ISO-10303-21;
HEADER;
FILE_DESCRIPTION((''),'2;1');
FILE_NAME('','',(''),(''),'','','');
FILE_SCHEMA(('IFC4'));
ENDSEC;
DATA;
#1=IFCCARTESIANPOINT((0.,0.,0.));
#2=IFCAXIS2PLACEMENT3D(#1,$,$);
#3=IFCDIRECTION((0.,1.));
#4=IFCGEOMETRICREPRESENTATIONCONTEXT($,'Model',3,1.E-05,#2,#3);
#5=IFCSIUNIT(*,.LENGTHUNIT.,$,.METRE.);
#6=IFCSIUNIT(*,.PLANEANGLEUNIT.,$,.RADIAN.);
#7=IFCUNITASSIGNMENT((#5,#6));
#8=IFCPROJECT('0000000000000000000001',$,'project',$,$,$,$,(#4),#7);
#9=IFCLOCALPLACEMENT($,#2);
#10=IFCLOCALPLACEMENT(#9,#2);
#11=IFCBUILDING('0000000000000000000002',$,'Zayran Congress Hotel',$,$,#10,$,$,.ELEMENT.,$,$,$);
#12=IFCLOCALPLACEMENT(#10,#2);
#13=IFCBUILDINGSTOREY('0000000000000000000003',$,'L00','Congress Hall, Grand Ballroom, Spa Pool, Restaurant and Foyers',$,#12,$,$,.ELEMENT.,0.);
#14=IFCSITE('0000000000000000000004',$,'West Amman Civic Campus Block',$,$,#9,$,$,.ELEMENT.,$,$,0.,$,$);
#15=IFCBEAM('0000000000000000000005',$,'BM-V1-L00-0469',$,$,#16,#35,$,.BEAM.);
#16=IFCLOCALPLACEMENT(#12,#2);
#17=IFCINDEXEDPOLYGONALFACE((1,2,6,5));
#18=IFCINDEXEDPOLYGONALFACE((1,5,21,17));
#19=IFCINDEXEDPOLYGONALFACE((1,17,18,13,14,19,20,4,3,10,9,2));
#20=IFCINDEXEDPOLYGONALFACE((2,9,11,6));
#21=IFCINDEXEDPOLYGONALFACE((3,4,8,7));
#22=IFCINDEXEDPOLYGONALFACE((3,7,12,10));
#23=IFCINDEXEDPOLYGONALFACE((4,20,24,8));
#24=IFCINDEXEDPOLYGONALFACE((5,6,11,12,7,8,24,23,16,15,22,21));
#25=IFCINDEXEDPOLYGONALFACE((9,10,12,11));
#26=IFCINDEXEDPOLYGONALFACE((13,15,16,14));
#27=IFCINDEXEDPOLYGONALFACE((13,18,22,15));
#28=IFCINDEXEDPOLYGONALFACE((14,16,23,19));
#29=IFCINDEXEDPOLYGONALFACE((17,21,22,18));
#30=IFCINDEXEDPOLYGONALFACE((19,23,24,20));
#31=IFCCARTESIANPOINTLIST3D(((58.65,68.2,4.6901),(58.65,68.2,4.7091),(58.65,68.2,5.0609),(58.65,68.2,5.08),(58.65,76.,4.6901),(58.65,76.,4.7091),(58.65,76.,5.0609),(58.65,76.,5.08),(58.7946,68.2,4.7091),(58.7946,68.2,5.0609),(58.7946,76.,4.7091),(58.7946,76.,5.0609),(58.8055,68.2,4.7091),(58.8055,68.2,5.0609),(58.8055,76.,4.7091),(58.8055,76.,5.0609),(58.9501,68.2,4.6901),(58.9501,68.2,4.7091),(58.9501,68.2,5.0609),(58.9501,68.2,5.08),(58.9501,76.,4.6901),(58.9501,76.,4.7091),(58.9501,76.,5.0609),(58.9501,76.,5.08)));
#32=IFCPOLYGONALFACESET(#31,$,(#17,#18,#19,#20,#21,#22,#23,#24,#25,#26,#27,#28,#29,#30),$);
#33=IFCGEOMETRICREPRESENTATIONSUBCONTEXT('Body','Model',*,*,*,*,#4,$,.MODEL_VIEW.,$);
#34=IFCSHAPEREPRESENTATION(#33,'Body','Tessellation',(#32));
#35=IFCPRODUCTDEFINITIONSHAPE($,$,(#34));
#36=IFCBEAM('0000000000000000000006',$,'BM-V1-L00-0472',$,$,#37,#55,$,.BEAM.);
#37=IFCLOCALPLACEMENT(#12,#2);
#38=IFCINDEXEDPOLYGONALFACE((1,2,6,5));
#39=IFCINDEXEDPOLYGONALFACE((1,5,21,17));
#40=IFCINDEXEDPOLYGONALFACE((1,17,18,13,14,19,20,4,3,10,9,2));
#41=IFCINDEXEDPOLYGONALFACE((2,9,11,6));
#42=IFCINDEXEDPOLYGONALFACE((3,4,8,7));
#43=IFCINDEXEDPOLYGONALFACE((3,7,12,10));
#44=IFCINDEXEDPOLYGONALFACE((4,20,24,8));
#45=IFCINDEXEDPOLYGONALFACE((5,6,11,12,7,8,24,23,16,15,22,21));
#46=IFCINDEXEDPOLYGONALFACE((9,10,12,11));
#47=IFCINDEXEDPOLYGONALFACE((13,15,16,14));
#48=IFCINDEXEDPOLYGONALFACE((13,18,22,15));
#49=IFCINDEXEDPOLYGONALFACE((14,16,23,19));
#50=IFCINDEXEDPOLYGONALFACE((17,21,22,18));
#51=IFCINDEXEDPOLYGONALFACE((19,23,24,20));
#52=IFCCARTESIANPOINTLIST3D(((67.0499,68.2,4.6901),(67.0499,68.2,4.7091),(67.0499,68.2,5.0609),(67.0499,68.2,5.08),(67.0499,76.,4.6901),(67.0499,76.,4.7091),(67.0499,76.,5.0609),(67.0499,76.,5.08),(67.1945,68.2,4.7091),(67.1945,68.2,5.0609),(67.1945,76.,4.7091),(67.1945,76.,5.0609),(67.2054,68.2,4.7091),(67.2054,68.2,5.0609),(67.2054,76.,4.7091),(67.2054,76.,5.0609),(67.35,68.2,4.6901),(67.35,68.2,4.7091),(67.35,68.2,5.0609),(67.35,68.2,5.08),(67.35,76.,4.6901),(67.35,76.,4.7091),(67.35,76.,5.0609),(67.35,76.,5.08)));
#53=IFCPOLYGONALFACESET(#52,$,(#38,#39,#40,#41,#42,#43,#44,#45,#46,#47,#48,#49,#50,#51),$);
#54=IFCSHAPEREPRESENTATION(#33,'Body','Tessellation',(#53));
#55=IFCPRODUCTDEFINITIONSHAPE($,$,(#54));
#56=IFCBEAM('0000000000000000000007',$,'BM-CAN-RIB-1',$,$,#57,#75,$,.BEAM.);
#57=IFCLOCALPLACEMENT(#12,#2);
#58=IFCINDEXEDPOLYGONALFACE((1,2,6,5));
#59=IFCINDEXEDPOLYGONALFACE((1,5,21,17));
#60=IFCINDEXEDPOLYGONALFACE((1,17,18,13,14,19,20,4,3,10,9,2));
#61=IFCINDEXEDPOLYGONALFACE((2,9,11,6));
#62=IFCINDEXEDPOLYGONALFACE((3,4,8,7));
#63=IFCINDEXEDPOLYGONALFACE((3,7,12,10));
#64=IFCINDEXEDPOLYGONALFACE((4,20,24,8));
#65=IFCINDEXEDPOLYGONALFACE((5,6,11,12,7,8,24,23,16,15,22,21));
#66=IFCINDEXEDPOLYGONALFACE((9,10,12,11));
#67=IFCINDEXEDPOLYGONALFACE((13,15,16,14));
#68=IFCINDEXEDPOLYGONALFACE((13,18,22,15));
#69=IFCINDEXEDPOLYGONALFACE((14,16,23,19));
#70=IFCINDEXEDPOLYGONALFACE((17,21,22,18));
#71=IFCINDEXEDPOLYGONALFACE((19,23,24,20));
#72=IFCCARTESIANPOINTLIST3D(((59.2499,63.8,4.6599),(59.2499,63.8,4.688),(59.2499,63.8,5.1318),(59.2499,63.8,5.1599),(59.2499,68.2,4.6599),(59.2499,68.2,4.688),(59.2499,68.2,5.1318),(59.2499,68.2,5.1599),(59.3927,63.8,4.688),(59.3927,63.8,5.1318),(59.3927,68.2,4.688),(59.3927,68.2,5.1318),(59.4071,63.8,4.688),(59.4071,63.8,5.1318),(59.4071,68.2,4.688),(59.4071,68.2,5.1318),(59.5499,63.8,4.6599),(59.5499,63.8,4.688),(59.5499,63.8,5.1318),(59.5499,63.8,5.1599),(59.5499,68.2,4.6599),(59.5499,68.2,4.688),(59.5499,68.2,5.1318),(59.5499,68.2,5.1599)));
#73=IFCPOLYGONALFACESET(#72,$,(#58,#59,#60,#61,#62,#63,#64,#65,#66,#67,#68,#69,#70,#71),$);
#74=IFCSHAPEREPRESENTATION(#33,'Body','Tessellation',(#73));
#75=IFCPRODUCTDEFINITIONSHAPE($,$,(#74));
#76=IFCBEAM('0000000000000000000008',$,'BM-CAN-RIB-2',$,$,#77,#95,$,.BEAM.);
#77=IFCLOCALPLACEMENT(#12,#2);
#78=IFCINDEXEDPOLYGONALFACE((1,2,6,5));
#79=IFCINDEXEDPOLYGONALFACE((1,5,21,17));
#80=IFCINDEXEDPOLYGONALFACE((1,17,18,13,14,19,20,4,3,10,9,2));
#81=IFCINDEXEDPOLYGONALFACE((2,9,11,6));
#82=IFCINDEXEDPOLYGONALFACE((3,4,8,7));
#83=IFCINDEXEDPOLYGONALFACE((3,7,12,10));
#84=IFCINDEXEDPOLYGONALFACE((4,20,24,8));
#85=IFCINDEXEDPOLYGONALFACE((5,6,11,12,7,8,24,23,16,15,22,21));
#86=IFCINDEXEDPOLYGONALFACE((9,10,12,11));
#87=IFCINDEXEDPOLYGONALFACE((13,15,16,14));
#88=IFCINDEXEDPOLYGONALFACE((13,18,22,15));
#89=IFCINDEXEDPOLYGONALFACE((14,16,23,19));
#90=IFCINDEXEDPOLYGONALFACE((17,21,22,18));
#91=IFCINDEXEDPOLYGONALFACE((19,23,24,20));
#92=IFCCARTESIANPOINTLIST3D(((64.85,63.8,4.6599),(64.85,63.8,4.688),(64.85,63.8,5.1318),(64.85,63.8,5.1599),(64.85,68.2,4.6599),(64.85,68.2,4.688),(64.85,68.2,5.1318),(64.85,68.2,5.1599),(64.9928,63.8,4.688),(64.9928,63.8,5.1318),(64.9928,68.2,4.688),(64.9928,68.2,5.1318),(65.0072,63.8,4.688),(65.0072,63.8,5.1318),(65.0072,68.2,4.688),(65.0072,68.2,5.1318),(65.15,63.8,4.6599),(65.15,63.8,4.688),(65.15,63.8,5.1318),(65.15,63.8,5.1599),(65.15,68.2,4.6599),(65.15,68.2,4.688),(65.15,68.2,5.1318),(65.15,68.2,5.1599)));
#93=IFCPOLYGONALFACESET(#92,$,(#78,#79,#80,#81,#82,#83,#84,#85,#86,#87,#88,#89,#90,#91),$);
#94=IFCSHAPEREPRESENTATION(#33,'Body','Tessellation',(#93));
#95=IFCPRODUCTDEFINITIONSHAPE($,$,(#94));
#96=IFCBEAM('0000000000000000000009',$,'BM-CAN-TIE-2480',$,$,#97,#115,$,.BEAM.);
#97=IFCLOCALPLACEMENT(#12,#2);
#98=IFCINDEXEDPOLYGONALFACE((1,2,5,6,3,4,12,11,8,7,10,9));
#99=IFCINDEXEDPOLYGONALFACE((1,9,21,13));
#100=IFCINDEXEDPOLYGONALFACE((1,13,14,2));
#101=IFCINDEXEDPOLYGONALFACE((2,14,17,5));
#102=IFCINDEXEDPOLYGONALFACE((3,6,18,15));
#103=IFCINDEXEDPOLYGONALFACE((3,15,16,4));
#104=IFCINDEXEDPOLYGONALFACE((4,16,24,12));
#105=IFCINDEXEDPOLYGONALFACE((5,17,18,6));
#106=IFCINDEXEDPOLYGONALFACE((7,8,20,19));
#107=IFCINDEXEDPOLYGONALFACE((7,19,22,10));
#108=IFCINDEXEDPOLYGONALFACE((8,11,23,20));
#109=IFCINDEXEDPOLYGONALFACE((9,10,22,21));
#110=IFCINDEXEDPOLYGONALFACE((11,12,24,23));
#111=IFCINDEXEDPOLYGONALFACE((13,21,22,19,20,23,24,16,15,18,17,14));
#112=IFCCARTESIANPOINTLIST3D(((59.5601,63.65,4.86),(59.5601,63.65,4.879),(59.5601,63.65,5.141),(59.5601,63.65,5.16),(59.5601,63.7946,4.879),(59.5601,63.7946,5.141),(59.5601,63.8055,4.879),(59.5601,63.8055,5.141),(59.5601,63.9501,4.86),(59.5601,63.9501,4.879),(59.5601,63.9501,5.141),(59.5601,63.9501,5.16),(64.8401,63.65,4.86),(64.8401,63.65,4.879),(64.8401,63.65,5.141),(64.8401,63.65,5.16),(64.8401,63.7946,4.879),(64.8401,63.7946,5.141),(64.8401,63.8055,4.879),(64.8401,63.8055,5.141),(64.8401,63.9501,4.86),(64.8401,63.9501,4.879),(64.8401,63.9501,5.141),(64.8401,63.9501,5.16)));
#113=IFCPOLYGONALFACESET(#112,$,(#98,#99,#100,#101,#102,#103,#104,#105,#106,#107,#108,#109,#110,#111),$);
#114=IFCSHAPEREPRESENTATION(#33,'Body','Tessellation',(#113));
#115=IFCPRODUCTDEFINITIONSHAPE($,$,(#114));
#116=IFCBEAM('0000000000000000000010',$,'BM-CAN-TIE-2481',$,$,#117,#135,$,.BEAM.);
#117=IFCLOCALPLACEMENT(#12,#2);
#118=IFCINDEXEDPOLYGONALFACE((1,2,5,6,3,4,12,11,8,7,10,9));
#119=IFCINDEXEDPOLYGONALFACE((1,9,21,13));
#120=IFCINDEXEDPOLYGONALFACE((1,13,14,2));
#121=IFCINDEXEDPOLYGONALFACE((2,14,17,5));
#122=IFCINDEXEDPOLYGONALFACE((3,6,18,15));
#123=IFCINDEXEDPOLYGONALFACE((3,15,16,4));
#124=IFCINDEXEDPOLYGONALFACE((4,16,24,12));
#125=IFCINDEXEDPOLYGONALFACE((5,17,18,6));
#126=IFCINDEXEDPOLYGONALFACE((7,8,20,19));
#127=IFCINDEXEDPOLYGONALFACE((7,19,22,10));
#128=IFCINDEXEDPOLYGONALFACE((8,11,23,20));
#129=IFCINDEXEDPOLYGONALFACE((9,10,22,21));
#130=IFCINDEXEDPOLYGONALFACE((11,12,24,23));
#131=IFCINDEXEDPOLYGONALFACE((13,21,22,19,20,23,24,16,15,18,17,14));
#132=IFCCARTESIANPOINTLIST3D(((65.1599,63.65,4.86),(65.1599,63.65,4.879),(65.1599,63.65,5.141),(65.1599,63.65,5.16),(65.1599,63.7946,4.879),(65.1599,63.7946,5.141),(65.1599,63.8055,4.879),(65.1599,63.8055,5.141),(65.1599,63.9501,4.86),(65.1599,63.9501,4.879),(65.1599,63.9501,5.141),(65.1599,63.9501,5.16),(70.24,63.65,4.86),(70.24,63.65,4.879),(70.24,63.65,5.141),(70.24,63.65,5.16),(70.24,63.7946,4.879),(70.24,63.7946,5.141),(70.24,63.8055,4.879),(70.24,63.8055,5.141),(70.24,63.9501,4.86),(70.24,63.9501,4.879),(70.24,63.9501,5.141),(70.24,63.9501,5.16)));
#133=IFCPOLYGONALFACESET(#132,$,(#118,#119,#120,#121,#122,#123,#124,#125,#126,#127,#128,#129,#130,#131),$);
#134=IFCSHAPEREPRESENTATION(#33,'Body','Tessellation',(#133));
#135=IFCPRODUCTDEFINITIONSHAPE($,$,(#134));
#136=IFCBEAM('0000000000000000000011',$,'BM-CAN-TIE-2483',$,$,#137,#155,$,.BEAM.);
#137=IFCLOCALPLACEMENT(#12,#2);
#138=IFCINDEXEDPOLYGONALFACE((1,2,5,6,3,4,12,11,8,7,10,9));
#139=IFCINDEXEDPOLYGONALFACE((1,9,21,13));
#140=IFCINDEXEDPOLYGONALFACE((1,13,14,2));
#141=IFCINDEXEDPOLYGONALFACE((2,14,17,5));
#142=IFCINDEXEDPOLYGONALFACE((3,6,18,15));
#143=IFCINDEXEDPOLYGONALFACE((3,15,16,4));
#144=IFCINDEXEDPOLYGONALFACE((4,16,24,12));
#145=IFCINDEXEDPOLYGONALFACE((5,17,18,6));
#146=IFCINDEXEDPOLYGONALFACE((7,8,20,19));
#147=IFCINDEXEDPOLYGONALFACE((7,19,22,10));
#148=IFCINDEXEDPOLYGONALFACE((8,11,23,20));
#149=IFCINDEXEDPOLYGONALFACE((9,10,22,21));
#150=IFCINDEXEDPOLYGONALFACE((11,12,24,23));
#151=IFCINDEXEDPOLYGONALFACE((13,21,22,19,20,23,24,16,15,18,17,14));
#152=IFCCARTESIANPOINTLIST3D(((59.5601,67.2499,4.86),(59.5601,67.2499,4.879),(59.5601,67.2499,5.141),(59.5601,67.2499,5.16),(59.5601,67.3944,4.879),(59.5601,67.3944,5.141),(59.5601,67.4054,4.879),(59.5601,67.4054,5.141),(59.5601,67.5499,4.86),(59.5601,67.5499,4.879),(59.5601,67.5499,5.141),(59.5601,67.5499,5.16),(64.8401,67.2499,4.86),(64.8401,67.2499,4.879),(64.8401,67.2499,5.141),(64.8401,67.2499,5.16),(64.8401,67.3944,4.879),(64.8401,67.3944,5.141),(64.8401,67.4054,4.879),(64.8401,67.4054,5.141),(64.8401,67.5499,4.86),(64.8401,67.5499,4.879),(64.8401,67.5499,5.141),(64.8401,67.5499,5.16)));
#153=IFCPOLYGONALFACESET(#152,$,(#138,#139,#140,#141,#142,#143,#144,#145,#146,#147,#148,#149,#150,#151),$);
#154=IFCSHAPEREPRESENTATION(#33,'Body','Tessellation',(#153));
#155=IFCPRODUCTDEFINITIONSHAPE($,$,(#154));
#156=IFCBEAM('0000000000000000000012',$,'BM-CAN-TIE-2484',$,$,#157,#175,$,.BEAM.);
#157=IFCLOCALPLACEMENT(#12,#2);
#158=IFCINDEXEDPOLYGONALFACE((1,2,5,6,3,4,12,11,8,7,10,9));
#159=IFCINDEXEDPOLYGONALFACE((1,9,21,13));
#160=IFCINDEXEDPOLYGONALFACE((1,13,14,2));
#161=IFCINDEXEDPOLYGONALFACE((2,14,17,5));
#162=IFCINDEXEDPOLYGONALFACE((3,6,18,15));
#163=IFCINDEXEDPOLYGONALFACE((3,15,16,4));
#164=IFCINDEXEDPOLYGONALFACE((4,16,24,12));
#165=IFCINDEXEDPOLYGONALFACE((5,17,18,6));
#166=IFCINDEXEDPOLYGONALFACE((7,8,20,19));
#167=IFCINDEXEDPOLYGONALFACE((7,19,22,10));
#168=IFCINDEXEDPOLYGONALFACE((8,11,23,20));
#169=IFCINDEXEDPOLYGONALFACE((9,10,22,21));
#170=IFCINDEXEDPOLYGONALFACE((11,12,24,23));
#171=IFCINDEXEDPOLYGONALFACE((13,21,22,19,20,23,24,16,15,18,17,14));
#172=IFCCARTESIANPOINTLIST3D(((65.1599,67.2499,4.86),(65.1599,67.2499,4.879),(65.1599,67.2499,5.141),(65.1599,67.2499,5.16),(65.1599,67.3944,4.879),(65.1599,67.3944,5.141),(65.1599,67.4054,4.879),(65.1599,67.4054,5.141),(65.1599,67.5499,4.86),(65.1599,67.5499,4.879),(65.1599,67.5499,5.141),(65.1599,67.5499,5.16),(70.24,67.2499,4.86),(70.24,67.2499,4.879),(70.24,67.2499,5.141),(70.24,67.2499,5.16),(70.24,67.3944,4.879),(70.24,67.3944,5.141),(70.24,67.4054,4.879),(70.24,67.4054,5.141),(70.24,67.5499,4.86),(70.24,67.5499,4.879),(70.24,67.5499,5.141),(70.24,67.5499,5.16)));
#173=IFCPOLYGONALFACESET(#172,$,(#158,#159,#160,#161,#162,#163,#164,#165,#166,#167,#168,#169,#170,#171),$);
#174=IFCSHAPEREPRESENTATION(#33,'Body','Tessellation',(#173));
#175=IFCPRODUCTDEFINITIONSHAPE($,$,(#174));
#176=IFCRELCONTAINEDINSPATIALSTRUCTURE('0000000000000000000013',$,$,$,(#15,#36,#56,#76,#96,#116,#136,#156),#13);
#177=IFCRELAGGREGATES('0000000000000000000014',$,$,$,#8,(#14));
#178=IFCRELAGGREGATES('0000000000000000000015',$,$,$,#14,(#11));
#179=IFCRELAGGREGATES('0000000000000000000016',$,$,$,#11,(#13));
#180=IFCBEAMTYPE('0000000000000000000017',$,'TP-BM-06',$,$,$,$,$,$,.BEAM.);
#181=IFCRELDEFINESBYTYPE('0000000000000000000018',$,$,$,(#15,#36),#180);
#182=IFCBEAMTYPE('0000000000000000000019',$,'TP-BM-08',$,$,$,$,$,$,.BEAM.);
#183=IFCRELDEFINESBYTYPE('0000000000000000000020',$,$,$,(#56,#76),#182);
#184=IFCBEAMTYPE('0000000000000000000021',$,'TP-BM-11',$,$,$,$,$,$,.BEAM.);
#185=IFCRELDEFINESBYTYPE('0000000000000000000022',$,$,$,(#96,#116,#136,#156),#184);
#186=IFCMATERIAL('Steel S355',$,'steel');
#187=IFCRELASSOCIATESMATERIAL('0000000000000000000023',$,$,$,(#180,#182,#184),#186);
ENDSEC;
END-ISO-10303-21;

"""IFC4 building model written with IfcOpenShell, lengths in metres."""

from ifc_helpers import new_model, si_unit, direction, frame, origin, origin_2d, place, context, subcontext, project, spatial, i_section, extrude, material, material_profile, profile_set, type_object, element, save


model = new_model("IFC4")

# Units and contexts
model_context = context("Model", 3, precision=1e-05, world=origin(), true_north=direction((0.0, 1.0)))
body_context = subcontext(model_context, "Body", "Model", "MODEL_VIEW")
ifc_project = project(units=[si_unit("LENGTHUNIT", "METRE"), si_unit("PLANEANGLEUNIT", "RADIAN")], contexts=[model_context])

# Site, building, storey
site_placement = place(None, origin())
site = spatial("IfcSite", under=ifc_project, at=site_placement, Name="West Amman Civic Campus Block", CompositionType="ELEMENT", RefElevation=0.0)
building_placement = place(site_placement, origin())
building = spatial("IfcBuilding", under=site, at=building_placement, Name="Zayran Congress Hotel", CompositionType="ELEMENT")
storey_placement = place(building_placement, origin())
storey = spatial("IfcBuildingStorey", under=building, at=storey_placement, Name="L00", Description="Congress Hall, Grand Ballroom, Spa Pool, Restaurant and Foyers", CompositionType="ELEMENT", Elevation=0.0)

# Shared definitions
ifc_material_1 = material(Name="Steel S355", Category="steel")

# Beams
ifc_material_profile_1 = material_profile(ifc_material_1, i_section(OverallWidth=0.3, OverallDepth=0.3899, WebThickness=0.011, FlangeThickness=0.019, at=origin_2d()), Name="HEA 400")
ifc_profile_set_1 = profile_set([ifc_material_profile_1], Name="Steel S355")
beam_type_1 = type_object("IfcBeamType", Name="TP-BM-06", PredefinedType="BEAM", material=ifc_profile_set_1)
for number, where, z_axis, x_axis, name in (
    (1, (58.8, 68.2, 4.885), (0.0, 1.0, 0.0), (-1.0, 0.0, 0.0), "BM-V1-L00-0469"),
    (2, (67.2, 68.2, 4.885), (0.0, 1.0, 0.0), (-1.0, 0.0, 0.0), "BM-V1-L00-0472"),
):
    element("IfcBeam", number, at=place(storey_placement, frame(where, z_axis=z_axis, x_axis=x_axis)), inside=storey, type_object=beam_type_1, Name=name, PredefinedType="BEAM", context=body_context, shape_type="SweptSolid", body=[
        extrude(i_section(OverallWidth=0.3, OverallDepth=0.3899, WebThickness=0.011, FlangeThickness=0.019, at=origin_2d()), origin(), (0.0, 0.0, 1.0), 7.8),
    ])
ifc_material_profile_2 = material_profile(ifc_material_1, i_section(OverallWidth=0.3, OverallDepth=0.5, WebThickness=0.0144, FlangeThickness=0.0281, at=origin_2d()), Name="HEB 500")
ifc_profile_set_2 = profile_set([ifc_material_profile_2], Name="Steel S355")
beam_type_2 = type_object("IfcBeamType", Name="TP-BM-08", PredefinedType="BEAM", material=ifc_profile_set_2)
for number, where, z_axis, x_axis, name in (
    (3, (59.3999, 63.8, 4.9099), (0.0, 1.0, 0.0), (-1.0, 0.0, 0.0), "BM-CAN-RIB-1"),
    (4, (65.0, 63.8, 4.9099), (0.0, 1.0, 0.0), (-1.0, 0.0, 0.0), "BM-CAN-RIB-2"),
):
    element("IfcBeam", number, at=place(storey_placement, frame(where, z_axis=z_axis, x_axis=x_axis)), inside=storey, type_object=beam_type_2, Name=name, PredefinedType="BEAM", context=body_context, shape_type="SweptSolid", body=[
        extrude(i_section(OverallWidth=0.3, OverallDepth=0.5, WebThickness=0.0144, FlangeThickness=0.0281, at=origin_2d()), origin(), (0.0, 0.0, 1.0), 4.3999),
    ])
ifc_material_profile_3 = material_profile(ifc_material_1, i_section(OverallWidth=0.3, OverallDepth=0.3, WebThickness=0.011, FlangeThickness=0.019, at=origin_2d()), Name="HEB 300")
ifc_profile_set_3 = profile_set([ifc_material_profile_3], Name="Steel S355")
beam_type_3 = type_object("IfcBeamType", Name="TP-BM-11", PredefinedType="BEAM", material=ifc_profile_set_3)
beam_1_placement = place(storey_placement, frame((59.5601, 63.8, 5.01), z_axis=(1.0, 0.0, 0.0), x_axis=(0.0, 1.0, 0.0)))
element("IfcBeam", 5, at=beam_1_placement, inside=storey, type_object=beam_type_3, Name="BM-CAN-TIE-2480", PredefinedType="BEAM", context=body_context, shape_type="SweptSolid", body=[
    extrude(i_section(OverallWidth=0.3, OverallDepth=0.3, WebThickness=0.011, FlangeThickness=0.019, at=origin_2d()), origin(), (0.0, 0.0, 1.0), 5.28),
])
beam_2_placement = place(storey_placement, frame((65.1599, 63.8, 5.01), z_axis=(1.0, 0.0, 0.0), x_axis=(0.0, 1.0, 0.0)))
element("IfcBeam", 6, at=beam_2_placement, inside=storey, type_object=beam_type_3, Name="BM-CAN-TIE-2481", PredefinedType="BEAM", context=body_context, shape_type="SweptSolid", body=[
    extrude(i_section(OverallWidth=0.3, OverallDepth=0.3, WebThickness=0.011, FlangeThickness=0.019, at=origin_2d()), origin(), (0.0, 0.0, 1.0), 5.0801),
])
beam_3_placement = place(storey_placement, frame((59.5601, 67.3999, 5.01), z_axis=(1.0, 0.0, 0.0), x_axis=(0.0, 1.0, 0.0)))
element("IfcBeam", 7, at=beam_3_placement, inside=storey, type_object=beam_type_3, Name="BM-CAN-TIE-2483", PredefinedType="BEAM", context=body_context, shape_type="SweptSolid", body=[
    extrude(i_section(OverallWidth=0.3, OverallDepth=0.3, WebThickness=0.011, FlangeThickness=0.019, at=origin_2d()), origin(), (0.0, 0.0, 1.0), 5.28),
])
beam_4_placement = place(storey_placement, frame((65.1599, 67.3999, 5.01), z_axis=(1.0, 0.0, 0.0), x_axis=(0.0, 1.0, 0.0)))
element("IfcBeam", 8, at=beam_4_placement, inside=storey, type_object=beam_type_3, Name="BM-CAN-TIE-2484", PredefinedType="BEAM", context=body_context, shape_type="SweptSolid", body=[
    extrude(i_section(OverallWidth=0.3, OverallDepth=0.3, WebThickness=0.011, FlangeThickness=0.019, at=origin_2d()), origin(), (0.0, 0.0, 1.0), 5.0801),
])

save(model, "model.ifc")
